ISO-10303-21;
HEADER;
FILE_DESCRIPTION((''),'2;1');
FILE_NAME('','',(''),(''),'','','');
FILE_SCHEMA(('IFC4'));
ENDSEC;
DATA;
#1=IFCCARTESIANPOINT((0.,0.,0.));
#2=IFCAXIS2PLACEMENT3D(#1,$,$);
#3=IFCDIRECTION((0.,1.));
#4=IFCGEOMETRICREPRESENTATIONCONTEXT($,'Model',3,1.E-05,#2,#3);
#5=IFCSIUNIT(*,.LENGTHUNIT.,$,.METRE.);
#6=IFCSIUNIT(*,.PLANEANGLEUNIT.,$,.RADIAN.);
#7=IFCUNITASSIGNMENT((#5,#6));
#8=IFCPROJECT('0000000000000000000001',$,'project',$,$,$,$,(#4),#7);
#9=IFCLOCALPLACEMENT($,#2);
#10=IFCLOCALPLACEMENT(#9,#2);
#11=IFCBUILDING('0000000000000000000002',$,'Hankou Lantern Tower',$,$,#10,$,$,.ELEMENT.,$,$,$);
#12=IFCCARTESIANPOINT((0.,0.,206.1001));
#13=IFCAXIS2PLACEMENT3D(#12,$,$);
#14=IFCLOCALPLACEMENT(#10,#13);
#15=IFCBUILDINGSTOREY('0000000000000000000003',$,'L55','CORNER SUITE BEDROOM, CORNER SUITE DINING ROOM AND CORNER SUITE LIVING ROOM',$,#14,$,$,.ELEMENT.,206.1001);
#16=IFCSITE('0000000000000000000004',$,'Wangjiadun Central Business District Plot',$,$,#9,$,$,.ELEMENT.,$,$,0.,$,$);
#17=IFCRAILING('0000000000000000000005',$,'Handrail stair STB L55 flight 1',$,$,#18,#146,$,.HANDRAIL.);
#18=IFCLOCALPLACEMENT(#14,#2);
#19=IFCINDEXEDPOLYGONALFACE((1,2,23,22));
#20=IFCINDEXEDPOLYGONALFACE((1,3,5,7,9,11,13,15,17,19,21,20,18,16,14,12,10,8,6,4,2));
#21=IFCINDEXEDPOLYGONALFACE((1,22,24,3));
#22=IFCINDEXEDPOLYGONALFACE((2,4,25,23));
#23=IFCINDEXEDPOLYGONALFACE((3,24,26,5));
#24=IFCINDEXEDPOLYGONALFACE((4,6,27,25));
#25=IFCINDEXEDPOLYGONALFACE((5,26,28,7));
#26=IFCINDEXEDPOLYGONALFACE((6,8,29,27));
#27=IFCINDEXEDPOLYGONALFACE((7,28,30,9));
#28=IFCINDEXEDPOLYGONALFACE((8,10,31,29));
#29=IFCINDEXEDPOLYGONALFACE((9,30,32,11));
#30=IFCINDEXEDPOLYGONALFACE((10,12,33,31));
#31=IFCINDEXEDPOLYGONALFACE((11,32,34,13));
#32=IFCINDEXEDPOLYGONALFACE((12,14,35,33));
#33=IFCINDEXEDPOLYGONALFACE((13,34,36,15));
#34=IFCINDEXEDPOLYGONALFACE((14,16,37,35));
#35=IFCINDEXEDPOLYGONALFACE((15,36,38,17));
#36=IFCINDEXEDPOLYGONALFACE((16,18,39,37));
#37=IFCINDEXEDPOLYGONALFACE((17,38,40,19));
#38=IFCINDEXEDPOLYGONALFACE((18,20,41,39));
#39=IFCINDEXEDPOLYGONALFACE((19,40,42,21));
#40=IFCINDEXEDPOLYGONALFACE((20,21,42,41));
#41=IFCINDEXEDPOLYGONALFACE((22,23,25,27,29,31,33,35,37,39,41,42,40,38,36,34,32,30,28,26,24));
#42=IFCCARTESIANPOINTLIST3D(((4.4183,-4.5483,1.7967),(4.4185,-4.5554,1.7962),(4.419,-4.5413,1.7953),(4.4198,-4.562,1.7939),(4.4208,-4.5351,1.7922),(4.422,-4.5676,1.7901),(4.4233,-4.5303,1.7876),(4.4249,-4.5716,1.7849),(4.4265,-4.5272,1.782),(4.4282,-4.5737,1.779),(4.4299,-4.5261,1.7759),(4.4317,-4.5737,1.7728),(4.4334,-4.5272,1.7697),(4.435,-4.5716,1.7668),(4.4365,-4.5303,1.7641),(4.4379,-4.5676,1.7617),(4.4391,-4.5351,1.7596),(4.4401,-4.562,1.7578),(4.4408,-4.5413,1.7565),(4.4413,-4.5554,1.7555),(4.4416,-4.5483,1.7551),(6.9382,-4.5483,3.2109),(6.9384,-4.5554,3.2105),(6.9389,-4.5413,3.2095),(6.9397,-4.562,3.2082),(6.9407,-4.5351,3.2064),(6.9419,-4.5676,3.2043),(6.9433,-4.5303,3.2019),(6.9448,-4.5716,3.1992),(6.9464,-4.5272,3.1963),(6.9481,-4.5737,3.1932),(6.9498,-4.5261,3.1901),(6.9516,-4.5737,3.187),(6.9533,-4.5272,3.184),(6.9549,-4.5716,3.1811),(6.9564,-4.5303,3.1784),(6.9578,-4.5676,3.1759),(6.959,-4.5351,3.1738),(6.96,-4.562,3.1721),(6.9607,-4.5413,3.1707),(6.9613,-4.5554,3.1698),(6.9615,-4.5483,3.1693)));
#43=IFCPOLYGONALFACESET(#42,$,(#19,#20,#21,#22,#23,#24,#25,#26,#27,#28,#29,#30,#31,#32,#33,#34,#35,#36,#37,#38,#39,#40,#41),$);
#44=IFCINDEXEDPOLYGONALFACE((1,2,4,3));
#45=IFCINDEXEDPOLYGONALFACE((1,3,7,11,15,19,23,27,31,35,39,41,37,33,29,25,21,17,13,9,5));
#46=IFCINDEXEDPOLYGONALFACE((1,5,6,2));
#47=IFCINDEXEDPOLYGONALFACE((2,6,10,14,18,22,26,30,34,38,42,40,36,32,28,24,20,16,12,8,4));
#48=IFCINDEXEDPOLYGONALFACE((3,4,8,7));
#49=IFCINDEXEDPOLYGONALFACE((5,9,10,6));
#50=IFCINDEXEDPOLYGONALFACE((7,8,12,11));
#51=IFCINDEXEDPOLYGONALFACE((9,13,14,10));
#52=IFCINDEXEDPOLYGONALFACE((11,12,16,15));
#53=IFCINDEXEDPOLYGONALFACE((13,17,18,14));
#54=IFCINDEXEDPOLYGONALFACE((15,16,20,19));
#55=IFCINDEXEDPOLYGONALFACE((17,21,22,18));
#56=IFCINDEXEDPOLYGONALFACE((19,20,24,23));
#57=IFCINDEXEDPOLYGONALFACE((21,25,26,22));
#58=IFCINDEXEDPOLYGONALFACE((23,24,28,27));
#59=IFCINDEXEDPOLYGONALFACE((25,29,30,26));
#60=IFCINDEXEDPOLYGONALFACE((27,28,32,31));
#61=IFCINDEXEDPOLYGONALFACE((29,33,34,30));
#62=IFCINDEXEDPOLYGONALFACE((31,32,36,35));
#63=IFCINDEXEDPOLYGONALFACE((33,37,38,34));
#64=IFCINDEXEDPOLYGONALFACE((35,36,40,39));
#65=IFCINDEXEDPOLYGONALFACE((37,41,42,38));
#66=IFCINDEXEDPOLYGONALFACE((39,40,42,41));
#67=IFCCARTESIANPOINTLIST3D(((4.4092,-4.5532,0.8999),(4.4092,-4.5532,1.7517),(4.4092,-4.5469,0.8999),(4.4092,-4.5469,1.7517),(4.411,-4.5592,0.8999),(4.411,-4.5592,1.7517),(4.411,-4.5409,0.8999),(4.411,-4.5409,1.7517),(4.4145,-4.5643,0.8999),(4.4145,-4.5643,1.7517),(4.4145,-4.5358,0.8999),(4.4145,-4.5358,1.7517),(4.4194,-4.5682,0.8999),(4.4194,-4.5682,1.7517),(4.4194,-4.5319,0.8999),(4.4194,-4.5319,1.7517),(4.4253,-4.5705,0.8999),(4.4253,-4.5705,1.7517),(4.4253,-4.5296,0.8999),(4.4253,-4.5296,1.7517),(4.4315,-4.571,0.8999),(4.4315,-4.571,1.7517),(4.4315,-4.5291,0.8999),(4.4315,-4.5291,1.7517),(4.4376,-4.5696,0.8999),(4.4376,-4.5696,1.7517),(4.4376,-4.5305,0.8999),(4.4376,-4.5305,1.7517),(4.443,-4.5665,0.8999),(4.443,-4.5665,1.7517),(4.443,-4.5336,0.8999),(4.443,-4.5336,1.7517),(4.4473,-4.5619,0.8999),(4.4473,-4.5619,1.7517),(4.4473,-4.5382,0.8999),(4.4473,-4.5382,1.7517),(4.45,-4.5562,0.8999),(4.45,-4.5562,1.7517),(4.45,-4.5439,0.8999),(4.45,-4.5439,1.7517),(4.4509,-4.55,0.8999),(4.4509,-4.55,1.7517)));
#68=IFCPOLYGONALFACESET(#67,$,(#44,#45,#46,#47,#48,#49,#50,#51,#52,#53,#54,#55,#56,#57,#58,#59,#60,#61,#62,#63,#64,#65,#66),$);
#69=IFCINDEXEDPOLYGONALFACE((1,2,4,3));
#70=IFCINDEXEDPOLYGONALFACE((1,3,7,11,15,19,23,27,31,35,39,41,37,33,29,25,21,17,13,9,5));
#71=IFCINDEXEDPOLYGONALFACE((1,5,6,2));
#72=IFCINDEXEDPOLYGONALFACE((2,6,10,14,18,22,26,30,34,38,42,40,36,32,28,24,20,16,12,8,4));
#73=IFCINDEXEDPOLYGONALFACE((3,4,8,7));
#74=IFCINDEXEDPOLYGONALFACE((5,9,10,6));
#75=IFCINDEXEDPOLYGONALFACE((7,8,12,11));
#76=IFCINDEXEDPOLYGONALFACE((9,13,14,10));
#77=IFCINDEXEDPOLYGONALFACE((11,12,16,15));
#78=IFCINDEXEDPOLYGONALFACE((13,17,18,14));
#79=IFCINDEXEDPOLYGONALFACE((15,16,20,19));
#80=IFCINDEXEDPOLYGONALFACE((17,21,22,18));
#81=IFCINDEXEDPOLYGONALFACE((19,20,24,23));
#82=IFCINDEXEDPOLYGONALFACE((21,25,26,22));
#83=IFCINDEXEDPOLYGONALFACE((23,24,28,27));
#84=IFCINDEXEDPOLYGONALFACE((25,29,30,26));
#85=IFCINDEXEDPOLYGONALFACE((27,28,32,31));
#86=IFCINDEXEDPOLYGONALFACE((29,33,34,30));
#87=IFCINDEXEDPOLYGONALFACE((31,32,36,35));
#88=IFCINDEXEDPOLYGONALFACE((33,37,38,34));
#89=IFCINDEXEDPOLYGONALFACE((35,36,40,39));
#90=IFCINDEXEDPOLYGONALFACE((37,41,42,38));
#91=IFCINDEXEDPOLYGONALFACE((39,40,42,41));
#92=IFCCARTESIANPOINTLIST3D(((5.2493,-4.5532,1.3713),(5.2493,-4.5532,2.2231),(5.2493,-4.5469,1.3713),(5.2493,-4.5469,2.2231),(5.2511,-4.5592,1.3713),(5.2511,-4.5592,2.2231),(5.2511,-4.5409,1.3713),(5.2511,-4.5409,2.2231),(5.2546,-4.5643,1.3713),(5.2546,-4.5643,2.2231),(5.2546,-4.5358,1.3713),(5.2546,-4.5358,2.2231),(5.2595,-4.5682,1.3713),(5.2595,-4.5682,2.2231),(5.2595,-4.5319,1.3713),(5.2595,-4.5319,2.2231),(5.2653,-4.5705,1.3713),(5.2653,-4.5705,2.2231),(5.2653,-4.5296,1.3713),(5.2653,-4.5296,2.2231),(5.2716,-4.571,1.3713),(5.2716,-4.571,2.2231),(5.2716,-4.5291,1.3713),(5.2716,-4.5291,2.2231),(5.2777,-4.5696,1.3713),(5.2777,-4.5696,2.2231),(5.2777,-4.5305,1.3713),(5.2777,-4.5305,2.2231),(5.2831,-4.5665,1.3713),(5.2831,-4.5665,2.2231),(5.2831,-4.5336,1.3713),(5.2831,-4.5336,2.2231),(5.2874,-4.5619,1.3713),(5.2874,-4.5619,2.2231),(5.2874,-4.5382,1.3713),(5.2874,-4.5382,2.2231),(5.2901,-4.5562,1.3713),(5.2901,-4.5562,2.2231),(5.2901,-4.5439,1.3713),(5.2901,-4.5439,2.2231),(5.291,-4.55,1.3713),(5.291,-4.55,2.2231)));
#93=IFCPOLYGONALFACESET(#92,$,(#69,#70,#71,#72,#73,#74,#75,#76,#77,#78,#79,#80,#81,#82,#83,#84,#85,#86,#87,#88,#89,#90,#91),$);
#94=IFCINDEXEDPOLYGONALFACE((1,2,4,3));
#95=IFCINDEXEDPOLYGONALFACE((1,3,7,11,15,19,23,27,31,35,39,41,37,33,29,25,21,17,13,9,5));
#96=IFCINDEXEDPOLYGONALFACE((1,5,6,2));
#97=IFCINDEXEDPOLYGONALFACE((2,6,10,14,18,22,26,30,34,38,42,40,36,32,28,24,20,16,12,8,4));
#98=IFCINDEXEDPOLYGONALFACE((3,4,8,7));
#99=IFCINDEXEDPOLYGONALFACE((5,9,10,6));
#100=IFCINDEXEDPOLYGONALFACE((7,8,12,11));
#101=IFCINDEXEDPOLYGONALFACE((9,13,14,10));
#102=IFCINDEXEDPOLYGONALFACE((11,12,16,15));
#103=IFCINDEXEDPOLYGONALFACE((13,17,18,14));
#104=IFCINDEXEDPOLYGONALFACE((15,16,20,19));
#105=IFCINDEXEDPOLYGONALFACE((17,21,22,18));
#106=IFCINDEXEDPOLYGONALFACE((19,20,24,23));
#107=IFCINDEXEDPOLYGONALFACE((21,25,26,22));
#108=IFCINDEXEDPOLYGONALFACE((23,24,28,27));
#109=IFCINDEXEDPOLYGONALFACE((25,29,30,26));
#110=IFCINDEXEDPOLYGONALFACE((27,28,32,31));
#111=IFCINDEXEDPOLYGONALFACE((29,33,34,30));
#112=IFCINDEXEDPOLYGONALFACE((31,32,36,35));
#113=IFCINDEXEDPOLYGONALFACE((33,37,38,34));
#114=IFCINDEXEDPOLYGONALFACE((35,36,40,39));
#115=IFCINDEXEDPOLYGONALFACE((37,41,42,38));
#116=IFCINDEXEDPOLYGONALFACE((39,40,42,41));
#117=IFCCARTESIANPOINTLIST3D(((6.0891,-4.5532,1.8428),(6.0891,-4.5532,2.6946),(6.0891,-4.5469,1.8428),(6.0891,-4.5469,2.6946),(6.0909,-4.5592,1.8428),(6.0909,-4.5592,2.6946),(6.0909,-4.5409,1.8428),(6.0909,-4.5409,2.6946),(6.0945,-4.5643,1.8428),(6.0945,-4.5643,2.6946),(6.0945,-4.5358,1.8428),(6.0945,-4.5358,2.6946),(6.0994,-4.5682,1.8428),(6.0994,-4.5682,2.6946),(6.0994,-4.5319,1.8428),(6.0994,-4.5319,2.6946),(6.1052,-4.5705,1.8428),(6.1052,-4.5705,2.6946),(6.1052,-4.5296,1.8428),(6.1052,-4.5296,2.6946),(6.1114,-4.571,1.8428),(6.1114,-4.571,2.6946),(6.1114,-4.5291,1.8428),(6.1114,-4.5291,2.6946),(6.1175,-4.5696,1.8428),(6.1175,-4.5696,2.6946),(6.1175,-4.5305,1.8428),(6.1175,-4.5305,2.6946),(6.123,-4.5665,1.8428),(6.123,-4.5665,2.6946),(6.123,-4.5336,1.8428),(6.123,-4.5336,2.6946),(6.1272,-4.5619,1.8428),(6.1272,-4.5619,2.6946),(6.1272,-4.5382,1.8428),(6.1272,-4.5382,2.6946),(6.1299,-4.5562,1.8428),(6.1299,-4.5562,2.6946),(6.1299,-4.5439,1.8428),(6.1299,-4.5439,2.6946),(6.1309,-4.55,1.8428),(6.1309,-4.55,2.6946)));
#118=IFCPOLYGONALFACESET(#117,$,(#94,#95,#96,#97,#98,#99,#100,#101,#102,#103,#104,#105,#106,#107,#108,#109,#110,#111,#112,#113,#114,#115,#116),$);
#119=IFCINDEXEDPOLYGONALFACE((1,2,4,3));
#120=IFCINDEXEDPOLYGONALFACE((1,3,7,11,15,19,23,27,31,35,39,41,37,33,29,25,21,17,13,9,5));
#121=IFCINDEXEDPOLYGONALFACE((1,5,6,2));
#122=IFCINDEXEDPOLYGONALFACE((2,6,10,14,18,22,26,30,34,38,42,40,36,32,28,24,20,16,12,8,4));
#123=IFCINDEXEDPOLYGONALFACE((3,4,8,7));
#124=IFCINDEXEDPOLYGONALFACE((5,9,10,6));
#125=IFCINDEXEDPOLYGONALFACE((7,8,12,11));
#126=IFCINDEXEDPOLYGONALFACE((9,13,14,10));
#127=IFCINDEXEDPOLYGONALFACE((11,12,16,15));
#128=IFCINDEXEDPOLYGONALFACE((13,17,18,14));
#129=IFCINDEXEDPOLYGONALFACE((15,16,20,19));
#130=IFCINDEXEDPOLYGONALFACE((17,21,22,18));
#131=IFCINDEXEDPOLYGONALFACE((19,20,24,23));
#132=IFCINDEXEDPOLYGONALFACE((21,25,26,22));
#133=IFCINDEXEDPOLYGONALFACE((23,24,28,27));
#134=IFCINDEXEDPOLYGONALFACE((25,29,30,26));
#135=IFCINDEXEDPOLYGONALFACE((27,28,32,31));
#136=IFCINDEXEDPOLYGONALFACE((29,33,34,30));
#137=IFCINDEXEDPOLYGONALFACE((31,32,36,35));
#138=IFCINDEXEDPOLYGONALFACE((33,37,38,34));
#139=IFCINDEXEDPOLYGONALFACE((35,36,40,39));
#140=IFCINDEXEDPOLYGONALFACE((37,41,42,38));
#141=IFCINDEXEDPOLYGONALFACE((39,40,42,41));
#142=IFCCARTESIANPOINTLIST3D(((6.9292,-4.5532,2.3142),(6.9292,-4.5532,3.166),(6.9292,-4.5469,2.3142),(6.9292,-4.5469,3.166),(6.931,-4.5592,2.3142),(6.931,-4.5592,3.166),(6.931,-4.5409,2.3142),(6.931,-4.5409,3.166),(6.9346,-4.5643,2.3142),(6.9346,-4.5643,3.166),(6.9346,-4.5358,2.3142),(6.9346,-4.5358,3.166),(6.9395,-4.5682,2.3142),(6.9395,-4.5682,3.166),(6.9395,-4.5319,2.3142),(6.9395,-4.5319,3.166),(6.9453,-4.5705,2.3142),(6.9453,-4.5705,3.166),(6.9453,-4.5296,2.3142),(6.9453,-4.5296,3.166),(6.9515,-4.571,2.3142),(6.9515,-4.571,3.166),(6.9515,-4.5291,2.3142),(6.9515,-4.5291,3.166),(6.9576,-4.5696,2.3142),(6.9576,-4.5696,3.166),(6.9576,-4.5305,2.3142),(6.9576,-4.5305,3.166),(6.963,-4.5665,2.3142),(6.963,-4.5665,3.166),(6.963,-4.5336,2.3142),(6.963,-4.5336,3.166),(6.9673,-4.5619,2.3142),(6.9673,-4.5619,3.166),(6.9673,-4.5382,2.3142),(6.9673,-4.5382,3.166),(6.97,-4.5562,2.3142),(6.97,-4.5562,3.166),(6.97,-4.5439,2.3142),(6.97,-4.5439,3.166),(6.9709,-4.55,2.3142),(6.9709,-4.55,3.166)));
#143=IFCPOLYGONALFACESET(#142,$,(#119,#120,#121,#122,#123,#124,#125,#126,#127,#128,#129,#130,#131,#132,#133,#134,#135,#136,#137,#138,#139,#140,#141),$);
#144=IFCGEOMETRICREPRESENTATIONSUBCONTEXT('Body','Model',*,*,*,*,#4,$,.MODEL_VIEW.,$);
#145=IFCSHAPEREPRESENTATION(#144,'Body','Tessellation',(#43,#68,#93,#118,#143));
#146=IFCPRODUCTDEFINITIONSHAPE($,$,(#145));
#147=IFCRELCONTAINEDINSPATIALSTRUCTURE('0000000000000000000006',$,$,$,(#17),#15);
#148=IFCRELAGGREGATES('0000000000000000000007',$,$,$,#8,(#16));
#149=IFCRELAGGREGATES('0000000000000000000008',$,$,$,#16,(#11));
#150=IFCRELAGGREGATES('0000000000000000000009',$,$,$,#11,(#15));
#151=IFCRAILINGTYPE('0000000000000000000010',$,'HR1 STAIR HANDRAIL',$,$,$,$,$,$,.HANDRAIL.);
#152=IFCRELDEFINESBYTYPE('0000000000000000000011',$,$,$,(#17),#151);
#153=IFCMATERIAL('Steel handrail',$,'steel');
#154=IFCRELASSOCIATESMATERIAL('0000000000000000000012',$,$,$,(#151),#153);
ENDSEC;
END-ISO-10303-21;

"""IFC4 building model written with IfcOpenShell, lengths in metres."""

from ifc_helpers import new_model, si_unit, direction, frame, origin, origin_2d, place, context, subcontext, project, spatial, circle, extrude, material, type_object, element, save


model = new_model("IFC4")

# Units and contexts
model_context = context("Model", 3, precision=1e-05, world=origin(), true_north=direction((0.0, 1.0)))
body_context = subcontext(model_context, "Body", "Model", "MODEL_VIEW")
ifc_project = project(units=[si_unit("LENGTHUNIT", "METRE"), si_unit("PLANEANGLEUNIT", "RADIAN")], contexts=[model_context])

# Site, building, storey
site_placement = place(None, origin())
site = spatial("IfcSite", under=ifc_project, at=site_placement, Name="Wangjiadun Central Business District Plot", CompositionType="ELEMENT", RefElevation=0.0)
building_placement = place(site_placement, origin())
building = spatial("IfcBuilding", under=site, at=building_placement, Name="Hankou Lantern Tower", CompositionType="ELEMENT")
storey_placement = place(building_placement, frame((0.0, 0.0, 206.1001)))
storey = spatial("IfcBuildingStorey", under=building, at=storey_placement, Name="L55", Description="CORNER SUITE BEDROOM, CORNER SUITE DINING ROOM AND CORNER SUITE LIVING ROOM", CompositionType="ELEMENT", Elevation=206.1001)

# Railing
ifc_material_1 = material(Name="Steel handrail", Category="steel")
railing_type = type_object("IfcRailingType", Name="HR1 STAIR HANDRAIL", PredefinedType="HANDRAIL", material=ifc_material_1)
railing_1_placement = place(storey_placement, frame((4.4299, -4.55, 0.8999)))
element("IfcRailing", 1, at=railing_1_placement, inside=storey, type_object=railing_type, Name="Handrail stair STB L55 flight 1", PredefinedType="HANDRAIL", context=body_context, shape_type="SweptSolid", body=[
    extrude(circle(Radius=0.0239, at=origin_2d()), frame((0.0, 0.0, 0.876), z_axis=(0.872049, 0.0, 0.489419), x_axis=(0.0, 1.0, 0.0)), (0.0, 0.0, 1.0), 2.8896),
    extrude(circle(Radius=0.021, at=origin_2d()), origin(), (0.0, 0.0, 1.0), 0.8518),
    extrude(circle(Radius=0.021, at=origin_2d()), frame((0.8401, 0.0, 0.4714)), (0.0, 0.0, 1.0), 0.8518),
    extrude(circle(Radius=0.021, at=origin_2d()), frame((1.6799, 0.0, 0.9429)), (0.0, 0.0, 1.0), 0.8518),
    extrude(circle(Radius=0.021, at=origin_2d()), frame((2.52, 0.0, 1.4143)), (0.0, 0.0, 1.0), 0.8518),
])

save(model, "model.ifc")
